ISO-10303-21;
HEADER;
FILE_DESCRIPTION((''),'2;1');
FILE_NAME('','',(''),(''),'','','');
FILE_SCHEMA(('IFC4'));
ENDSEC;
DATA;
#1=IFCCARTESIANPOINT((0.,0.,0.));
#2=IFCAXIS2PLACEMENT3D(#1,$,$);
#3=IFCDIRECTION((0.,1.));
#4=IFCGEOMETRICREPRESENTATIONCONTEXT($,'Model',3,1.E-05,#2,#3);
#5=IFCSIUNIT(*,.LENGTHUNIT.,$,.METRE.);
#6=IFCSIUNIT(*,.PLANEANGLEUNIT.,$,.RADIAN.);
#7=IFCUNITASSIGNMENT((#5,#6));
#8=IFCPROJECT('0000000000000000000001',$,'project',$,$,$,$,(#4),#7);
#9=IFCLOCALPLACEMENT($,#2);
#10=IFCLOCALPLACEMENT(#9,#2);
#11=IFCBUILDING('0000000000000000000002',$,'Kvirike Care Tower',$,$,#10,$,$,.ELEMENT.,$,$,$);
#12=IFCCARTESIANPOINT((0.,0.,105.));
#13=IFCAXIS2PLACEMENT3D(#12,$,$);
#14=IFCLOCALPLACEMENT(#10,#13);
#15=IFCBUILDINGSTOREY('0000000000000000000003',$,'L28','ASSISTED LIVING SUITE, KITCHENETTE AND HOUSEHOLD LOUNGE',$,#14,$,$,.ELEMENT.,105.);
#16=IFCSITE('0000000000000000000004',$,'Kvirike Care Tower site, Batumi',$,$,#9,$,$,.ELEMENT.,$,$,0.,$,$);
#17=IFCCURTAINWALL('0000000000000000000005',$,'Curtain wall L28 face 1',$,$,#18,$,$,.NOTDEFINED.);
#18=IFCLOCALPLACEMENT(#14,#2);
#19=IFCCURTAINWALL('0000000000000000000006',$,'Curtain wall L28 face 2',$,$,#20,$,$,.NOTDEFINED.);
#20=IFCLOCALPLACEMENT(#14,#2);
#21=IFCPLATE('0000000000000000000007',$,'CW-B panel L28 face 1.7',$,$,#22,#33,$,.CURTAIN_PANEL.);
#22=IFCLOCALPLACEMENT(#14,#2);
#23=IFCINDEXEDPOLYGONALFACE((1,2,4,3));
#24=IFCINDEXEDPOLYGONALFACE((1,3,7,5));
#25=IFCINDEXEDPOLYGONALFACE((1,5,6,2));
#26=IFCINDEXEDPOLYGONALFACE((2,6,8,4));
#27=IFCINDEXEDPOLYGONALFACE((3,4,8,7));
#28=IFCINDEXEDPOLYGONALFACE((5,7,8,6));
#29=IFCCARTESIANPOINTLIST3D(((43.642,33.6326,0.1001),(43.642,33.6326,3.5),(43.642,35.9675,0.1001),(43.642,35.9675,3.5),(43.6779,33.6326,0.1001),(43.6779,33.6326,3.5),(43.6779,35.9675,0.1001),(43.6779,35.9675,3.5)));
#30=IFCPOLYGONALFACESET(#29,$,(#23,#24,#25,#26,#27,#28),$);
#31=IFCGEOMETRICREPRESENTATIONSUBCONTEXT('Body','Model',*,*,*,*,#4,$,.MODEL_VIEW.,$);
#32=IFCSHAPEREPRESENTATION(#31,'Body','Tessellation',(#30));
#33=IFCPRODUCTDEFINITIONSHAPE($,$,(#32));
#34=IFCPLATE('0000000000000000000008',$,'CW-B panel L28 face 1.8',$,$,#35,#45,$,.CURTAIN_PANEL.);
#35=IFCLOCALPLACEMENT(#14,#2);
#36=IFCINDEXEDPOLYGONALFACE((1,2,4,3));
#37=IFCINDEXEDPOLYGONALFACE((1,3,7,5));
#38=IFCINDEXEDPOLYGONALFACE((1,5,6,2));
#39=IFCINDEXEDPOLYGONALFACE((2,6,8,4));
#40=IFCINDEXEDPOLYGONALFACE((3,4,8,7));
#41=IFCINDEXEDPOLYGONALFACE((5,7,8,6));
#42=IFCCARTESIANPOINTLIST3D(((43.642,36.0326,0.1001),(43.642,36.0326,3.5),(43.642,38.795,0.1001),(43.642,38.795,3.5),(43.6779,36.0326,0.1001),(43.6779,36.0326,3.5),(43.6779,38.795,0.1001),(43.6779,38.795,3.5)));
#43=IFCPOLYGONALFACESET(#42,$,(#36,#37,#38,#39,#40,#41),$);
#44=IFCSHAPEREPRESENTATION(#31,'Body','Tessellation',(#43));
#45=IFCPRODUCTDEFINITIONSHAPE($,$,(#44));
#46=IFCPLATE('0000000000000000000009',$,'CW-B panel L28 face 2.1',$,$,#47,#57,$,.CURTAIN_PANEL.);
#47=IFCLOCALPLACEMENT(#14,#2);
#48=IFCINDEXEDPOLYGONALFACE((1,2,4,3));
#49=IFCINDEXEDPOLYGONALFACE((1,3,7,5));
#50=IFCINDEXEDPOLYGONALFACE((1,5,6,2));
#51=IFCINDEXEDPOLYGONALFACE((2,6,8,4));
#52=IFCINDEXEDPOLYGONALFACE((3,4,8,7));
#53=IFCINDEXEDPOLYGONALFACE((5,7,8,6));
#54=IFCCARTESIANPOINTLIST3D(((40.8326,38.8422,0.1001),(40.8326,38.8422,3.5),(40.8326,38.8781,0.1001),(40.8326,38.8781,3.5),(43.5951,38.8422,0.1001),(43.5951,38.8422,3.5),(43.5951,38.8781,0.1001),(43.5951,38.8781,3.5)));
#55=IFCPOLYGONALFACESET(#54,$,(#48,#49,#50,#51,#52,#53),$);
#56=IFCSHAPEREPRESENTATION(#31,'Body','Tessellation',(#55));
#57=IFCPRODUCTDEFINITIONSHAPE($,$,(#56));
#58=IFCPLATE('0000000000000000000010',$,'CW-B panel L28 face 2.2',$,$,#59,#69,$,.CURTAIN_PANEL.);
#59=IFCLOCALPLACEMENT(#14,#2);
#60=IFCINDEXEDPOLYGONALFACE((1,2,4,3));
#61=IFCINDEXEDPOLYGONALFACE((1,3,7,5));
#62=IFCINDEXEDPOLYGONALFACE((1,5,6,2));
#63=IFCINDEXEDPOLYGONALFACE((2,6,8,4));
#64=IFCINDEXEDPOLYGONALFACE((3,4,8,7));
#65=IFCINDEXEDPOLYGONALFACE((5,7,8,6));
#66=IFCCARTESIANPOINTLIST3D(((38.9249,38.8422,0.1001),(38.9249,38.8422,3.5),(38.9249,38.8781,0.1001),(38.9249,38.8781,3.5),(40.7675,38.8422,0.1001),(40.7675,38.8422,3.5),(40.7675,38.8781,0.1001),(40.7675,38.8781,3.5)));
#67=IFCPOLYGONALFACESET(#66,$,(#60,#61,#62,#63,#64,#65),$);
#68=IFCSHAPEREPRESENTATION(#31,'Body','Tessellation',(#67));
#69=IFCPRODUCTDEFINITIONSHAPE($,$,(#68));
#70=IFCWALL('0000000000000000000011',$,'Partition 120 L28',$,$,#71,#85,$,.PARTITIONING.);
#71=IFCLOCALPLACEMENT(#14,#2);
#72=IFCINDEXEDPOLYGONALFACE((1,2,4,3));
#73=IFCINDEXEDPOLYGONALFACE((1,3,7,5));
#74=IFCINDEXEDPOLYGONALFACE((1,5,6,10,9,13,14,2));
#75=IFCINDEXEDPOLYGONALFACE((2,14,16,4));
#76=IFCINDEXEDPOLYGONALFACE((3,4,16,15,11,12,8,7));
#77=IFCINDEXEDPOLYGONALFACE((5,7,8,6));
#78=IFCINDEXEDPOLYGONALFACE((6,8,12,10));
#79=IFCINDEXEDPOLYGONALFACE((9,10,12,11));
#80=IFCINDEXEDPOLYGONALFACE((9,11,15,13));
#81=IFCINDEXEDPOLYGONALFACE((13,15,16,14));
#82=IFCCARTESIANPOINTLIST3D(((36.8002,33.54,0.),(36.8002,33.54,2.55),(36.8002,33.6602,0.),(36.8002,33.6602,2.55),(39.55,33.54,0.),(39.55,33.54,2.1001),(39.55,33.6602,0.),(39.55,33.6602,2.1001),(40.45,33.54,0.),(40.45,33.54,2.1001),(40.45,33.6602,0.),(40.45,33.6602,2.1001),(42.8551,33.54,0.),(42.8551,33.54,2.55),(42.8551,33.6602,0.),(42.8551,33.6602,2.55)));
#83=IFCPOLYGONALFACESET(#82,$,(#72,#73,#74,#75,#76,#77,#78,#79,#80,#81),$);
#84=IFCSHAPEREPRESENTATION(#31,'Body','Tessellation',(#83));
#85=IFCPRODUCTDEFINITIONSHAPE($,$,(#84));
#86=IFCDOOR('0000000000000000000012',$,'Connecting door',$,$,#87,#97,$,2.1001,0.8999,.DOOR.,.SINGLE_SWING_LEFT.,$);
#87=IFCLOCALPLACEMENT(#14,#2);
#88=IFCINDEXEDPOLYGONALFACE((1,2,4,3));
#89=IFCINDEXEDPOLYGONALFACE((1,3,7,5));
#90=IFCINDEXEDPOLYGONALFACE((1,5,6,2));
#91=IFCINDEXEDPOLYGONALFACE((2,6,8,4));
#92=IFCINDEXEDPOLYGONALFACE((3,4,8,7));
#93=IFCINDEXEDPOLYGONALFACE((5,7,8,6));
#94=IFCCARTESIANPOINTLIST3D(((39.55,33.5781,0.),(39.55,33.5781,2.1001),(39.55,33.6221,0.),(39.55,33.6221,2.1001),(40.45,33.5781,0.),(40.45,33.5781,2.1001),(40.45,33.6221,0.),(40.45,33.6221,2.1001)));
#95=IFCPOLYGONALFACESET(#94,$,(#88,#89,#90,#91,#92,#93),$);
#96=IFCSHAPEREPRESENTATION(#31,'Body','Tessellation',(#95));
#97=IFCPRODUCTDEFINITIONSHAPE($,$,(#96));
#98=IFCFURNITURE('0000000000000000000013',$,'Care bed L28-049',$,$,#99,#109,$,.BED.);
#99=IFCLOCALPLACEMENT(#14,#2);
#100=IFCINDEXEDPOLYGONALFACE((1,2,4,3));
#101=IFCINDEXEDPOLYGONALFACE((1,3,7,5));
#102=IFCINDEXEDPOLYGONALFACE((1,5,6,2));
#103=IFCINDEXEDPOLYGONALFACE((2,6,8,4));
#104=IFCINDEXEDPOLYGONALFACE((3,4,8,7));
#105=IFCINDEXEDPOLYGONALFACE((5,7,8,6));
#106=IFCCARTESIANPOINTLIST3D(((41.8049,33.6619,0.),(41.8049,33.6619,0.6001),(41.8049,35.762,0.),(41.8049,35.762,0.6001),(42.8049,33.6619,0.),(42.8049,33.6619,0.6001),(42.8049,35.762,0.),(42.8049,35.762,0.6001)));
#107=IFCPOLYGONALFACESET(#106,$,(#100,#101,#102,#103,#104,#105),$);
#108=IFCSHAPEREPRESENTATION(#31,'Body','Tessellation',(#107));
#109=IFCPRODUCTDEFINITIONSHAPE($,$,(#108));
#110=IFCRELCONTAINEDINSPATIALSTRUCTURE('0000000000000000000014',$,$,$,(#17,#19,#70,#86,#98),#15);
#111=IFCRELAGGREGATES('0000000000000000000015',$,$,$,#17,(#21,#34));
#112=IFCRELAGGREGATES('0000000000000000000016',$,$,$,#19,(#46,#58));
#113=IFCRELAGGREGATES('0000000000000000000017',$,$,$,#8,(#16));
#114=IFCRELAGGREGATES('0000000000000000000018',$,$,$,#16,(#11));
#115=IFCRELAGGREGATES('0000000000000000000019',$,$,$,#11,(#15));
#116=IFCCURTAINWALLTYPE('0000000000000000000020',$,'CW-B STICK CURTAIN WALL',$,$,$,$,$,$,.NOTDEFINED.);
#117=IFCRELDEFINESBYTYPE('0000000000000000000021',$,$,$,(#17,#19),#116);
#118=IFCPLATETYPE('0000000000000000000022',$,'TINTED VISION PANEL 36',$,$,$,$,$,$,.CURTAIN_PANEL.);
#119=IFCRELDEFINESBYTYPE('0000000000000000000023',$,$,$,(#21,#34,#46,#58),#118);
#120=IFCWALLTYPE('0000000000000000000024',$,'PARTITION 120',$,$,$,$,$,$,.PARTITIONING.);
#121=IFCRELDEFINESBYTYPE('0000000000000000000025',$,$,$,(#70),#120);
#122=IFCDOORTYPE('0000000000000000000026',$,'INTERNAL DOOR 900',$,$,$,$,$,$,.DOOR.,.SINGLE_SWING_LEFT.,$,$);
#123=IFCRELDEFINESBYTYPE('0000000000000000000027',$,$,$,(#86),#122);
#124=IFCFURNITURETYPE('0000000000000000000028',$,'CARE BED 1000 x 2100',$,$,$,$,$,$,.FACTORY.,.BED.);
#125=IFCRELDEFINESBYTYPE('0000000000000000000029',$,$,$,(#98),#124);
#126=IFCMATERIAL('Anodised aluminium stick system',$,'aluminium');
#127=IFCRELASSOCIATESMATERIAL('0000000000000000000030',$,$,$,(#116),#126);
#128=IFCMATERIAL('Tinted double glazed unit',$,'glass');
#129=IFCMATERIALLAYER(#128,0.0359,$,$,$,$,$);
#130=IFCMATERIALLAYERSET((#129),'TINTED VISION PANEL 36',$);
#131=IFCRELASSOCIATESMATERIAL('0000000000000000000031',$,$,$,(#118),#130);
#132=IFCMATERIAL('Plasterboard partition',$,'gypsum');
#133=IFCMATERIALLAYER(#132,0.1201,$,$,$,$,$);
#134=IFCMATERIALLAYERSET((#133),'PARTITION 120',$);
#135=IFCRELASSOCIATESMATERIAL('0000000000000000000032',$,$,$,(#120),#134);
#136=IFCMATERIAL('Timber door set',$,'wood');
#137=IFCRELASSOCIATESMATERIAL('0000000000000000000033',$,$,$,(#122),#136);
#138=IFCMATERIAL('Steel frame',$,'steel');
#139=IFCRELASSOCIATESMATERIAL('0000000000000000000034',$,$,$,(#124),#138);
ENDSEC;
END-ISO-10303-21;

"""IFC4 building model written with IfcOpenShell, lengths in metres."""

from ifc_helpers import new_model, si_unit, direction, frame, frame_2d, origin, origin_2d, place, context, subcontext, project, spatial, rectangle, extrude, material, layer, layer_set, type_object, element, fill, aggregate, save


model = new_model("IFC4")

# Units and contexts
model_context = context("Model", 3, precision=1e-05, world=origin(), true_north=direction((0.0, 1.0)))
body_context = subcontext(model_context, "Body", "Model", "MODEL_VIEW")
ifc_project = project(units=[si_unit("LENGTHUNIT", "METRE"), si_unit("PLANEANGLEUNIT", "RADIAN")], contexts=[model_context])

# Site, building, storey
site_placement = place(None, origin())
site = spatial("IfcSite", under=ifc_project, at=site_placement, Name="Kvirike Care Tower site, Batumi", CompositionType="ELEMENT", RefElevation=0.0)
building_placement = place(site_placement, origin())
building = spatial("IfcBuilding", under=site, at=building_placement, Name="Kvirike Care Tower", CompositionType="ELEMENT")
storey_placement = place(building_placement, frame((0.0, 0.0, 105.0)))
storey = spatial("IfcBuildingStorey", under=building, at=storey_placement, Name="L28", Description="ASSISTED LIVING SUITE, KITCHENETTE AND HOUSEHOLD LOUNGE", CompositionType="ELEMENT", Elevation=105.0)

# Curtain walls
ifc_material_1 = material(Name="Anodised aluminium stick system", Category="aluminium")
curtain_wall_type = type_object("IfcCurtainWallType", Name="CW-B STICK CURTAIN WALL", PredefinedType="NOTDEFINED", material=ifc_material_1)
curtain_wall_1_placement = place(storey_placement, origin())
curtain_wall_1 = element("IfcCurtainWall", 1, at=curtain_wall_1_placement, inside=storey, type_object=curtain_wall_type, Name="Curtain wall L28 face 1", PredefinedType="NOTDEFINED")
curtain_wall_2_placement = place(storey_placement, origin())
curtain_wall_2 = element("IfcCurtainWall", 2, at=curtain_wall_2_placement, inside=storey, type_object=curtain_wall_type, Name="Curtain wall L28 face 2", PredefinedType="NOTDEFINED")

# Plates
ifc_material_2 = material(Name="Tinted double glazed unit", Category="glass")
ifc_layer_1 = layer(ifc_material_2, 0.0359)
ifc_layer_set_1 = layer_set([ifc_layer_1], Name="TINTED VISION PANEL 36")
plate_type = type_object("IfcPlateType", Name="TINTED VISION PANEL 36", PredefinedType="CURTAIN_PANEL", material=ifc_layer_set_1)
plate_1_placement = place(storey_placement, frame((43.6599, 34.8, 0.1001), z_axis=(0.0, 0.0, 1.0), x_axis=(0.0, 1.0, 0.0)))
plate_1 = element("IfcPlate", 3, at=plate_1_placement, type_object=plate_type, Name="CW-B panel L28 face 1.7", PredefinedType="CURTAIN_PANEL", context=body_context, shape_type="SweptSolid", body=[
    extrude(rectangle(XDim=2.335, YDim=0.0359, at=origin_2d()), origin(), (0.0, 0.0, 1.0), 3.3999),
])
plate_2_placement = place(storey_placement, frame((43.6599, 37.4138, 0.1001), z_axis=(0.0, 0.0, 1.0), x_axis=(0.0, 1.0, 0.0)))
plate_2 = element("IfcPlate", 4, at=plate_2_placement, type_object=plate_type, Name="CW-B panel L28 face 1.8", PredefinedType="CURTAIN_PANEL", context=body_context, shape_type="SweptSolid", body=[
    extrude(rectangle(XDim=2.7625, YDim=0.0359, at=origin_2d()), origin(), (0.0, 0.0, 1.0), 3.3999),
])
aggregate(curtain_wall_1, [plate_1, plate_2])
plate_3_placement = place(storey_placement, frame((42.2139, 38.8601, 0.1001), z_axis=(0.0, 0.0, 1.0), x_axis=(-1.0, 0.0, 0.0)))
plate_3 = element("IfcPlate", 5, at=plate_3_placement, type_object=plate_type, Name="CW-B panel L28 face 2.1", PredefinedType="CURTAIN_PANEL", context=body_context, shape_type="SweptSolid", body=[
    extrude(rectangle(XDim=2.7625, YDim=0.0359, at=origin_2d()), origin(), (0.0, 0.0, 1.0), 3.3999),
])
plate_4_placement = place(storey_placement, frame((39.8462, 38.8601, 0.1001), z_axis=(0.0, 0.0, 1.0), x_axis=(-1.0, 0.0, 0.0)))
plate_4 = element("IfcPlate", 6, at=plate_4_placement, type_object=plate_type, Name="CW-B panel L28 face 2.2", PredefinedType="CURTAIN_PANEL", context=body_context, shape_type="SweptSolid", body=[
    extrude(rectangle(XDim=1.8425, YDim=0.0359, at=origin_2d()), origin(), (0.0, 0.0, 1.0), 3.3999),
])
aggregate(curtain_wall_2, [plate_3, plate_4])

# Wall, opening, door
ifc_material_3 = material(Name="Plasterboard partition", Category="gypsum")
ifc_layer_2 = layer(ifc_material_3, 0.1201)
ifc_layer_set_2 = layer_set([ifc_layer_2], Name="PARTITION 120")
wall_type = type_object("IfcWallType", Name="PARTITION 120", PredefinedType="PARTITIONING", material=ifc_layer_set_2)
wall_placement = place(storey_placement, frame((42.855, 33.6001, 0.0), z_axis=(0.0, 0.0, 1.0), x_axis=(-1.0, 0.0, 0.0)))
wall = element("IfcWall", 7, at=wall_placement, inside=storey, type_object=wall_type, Name="Partition 120 L28", PredefinedType="PARTITIONING", context=body_context, shape_type="SweptSolid", body=[
    extrude(rectangle(XDim=6.0549, YDim=0.1201, at=frame_2d((3.0273, 0.0))), origin(), (0.0, 0.0, 1.0), 2.55),
])
opening_placement = place(wall_placement, frame((2.405, 0.0, 0.0)))
opening = element("IfcOpeningElement", 8, at=opening_placement, cuts=wall, PredefinedType="OPENING", context=body_context, shape_type="SweptSolid", body=[
    extrude(rectangle(XDim=0.8999, YDim=2.1001, at=frame_2d((0.45, 1.05))), frame((0.0, 0.0706, 0.0), z_axis=(0.0, -1.0, 0.0), x_axis=(1.0, 0.0, 0.0)), (0.0, 0.0, 1.0), 0.1411),
])
ifc_material_4 = material(Name="Timber door set", Category="wood")
door_type = type_object("IfcDoorType", Name="INTERNAL DOOR 900", OperationType="SINGLE_SWING_LEFT", PredefinedType="DOOR", material=ifc_material_4)
door_placement = place(opening_placement, origin())
door = element("IfcDoor", 9, at=door_placement, inside=storey, type_object=door_type, Name="Connecting door", OperationType="SINGLE_SWING_LEFT", OverallHeight=2.1001, OverallWidth=0.8999, PredefinedType="DOOR", context=body_context, shape_type="SweptSolid", body=[
    extrude(rectangle(XDim=0.8999, YDim=2.1001, at=frame_2d((0.45, 1.05))), frame((0.0, 0.022, 0.0), z_axis=(0.0, -1.0, 0.0), x_axis=(1.0, 0.0, 0.0)), (0.0, 0.0, 1.0), 0.0439),
])
fill(opening, door)

# Furniture
ifc_material_5 = material(Name="Steel frame", Category="steel")
furniture_type = type_object("IfcFurnitureType", Name="CARE BED 1000 x 2100", AssemblyPlace="FACTORY", PredefinedType="BED", material=ifc_material_5)
furniture_placement = place(storey_placement, frame((42.3049, 34.7119, 0.0), z_axis=(0.0, 0.0, 1.0), x_axis=(-1.0, 0.0, 0.0)))
element("IfcFurniture", 10, at=furniture_placement, inside=storey, type_object=furniture_type, Name="Care bed L28-049", PredefinedType="BED", context=body_context, shape_type="SweptSolid", body=[
    extrude(rectangle(XDim=1.0, YDim=2.1001, at=origin_2d()), origin(), (0.0, 0.0, 1.0), 0.6001),
])

save(model, "model.ifc")
